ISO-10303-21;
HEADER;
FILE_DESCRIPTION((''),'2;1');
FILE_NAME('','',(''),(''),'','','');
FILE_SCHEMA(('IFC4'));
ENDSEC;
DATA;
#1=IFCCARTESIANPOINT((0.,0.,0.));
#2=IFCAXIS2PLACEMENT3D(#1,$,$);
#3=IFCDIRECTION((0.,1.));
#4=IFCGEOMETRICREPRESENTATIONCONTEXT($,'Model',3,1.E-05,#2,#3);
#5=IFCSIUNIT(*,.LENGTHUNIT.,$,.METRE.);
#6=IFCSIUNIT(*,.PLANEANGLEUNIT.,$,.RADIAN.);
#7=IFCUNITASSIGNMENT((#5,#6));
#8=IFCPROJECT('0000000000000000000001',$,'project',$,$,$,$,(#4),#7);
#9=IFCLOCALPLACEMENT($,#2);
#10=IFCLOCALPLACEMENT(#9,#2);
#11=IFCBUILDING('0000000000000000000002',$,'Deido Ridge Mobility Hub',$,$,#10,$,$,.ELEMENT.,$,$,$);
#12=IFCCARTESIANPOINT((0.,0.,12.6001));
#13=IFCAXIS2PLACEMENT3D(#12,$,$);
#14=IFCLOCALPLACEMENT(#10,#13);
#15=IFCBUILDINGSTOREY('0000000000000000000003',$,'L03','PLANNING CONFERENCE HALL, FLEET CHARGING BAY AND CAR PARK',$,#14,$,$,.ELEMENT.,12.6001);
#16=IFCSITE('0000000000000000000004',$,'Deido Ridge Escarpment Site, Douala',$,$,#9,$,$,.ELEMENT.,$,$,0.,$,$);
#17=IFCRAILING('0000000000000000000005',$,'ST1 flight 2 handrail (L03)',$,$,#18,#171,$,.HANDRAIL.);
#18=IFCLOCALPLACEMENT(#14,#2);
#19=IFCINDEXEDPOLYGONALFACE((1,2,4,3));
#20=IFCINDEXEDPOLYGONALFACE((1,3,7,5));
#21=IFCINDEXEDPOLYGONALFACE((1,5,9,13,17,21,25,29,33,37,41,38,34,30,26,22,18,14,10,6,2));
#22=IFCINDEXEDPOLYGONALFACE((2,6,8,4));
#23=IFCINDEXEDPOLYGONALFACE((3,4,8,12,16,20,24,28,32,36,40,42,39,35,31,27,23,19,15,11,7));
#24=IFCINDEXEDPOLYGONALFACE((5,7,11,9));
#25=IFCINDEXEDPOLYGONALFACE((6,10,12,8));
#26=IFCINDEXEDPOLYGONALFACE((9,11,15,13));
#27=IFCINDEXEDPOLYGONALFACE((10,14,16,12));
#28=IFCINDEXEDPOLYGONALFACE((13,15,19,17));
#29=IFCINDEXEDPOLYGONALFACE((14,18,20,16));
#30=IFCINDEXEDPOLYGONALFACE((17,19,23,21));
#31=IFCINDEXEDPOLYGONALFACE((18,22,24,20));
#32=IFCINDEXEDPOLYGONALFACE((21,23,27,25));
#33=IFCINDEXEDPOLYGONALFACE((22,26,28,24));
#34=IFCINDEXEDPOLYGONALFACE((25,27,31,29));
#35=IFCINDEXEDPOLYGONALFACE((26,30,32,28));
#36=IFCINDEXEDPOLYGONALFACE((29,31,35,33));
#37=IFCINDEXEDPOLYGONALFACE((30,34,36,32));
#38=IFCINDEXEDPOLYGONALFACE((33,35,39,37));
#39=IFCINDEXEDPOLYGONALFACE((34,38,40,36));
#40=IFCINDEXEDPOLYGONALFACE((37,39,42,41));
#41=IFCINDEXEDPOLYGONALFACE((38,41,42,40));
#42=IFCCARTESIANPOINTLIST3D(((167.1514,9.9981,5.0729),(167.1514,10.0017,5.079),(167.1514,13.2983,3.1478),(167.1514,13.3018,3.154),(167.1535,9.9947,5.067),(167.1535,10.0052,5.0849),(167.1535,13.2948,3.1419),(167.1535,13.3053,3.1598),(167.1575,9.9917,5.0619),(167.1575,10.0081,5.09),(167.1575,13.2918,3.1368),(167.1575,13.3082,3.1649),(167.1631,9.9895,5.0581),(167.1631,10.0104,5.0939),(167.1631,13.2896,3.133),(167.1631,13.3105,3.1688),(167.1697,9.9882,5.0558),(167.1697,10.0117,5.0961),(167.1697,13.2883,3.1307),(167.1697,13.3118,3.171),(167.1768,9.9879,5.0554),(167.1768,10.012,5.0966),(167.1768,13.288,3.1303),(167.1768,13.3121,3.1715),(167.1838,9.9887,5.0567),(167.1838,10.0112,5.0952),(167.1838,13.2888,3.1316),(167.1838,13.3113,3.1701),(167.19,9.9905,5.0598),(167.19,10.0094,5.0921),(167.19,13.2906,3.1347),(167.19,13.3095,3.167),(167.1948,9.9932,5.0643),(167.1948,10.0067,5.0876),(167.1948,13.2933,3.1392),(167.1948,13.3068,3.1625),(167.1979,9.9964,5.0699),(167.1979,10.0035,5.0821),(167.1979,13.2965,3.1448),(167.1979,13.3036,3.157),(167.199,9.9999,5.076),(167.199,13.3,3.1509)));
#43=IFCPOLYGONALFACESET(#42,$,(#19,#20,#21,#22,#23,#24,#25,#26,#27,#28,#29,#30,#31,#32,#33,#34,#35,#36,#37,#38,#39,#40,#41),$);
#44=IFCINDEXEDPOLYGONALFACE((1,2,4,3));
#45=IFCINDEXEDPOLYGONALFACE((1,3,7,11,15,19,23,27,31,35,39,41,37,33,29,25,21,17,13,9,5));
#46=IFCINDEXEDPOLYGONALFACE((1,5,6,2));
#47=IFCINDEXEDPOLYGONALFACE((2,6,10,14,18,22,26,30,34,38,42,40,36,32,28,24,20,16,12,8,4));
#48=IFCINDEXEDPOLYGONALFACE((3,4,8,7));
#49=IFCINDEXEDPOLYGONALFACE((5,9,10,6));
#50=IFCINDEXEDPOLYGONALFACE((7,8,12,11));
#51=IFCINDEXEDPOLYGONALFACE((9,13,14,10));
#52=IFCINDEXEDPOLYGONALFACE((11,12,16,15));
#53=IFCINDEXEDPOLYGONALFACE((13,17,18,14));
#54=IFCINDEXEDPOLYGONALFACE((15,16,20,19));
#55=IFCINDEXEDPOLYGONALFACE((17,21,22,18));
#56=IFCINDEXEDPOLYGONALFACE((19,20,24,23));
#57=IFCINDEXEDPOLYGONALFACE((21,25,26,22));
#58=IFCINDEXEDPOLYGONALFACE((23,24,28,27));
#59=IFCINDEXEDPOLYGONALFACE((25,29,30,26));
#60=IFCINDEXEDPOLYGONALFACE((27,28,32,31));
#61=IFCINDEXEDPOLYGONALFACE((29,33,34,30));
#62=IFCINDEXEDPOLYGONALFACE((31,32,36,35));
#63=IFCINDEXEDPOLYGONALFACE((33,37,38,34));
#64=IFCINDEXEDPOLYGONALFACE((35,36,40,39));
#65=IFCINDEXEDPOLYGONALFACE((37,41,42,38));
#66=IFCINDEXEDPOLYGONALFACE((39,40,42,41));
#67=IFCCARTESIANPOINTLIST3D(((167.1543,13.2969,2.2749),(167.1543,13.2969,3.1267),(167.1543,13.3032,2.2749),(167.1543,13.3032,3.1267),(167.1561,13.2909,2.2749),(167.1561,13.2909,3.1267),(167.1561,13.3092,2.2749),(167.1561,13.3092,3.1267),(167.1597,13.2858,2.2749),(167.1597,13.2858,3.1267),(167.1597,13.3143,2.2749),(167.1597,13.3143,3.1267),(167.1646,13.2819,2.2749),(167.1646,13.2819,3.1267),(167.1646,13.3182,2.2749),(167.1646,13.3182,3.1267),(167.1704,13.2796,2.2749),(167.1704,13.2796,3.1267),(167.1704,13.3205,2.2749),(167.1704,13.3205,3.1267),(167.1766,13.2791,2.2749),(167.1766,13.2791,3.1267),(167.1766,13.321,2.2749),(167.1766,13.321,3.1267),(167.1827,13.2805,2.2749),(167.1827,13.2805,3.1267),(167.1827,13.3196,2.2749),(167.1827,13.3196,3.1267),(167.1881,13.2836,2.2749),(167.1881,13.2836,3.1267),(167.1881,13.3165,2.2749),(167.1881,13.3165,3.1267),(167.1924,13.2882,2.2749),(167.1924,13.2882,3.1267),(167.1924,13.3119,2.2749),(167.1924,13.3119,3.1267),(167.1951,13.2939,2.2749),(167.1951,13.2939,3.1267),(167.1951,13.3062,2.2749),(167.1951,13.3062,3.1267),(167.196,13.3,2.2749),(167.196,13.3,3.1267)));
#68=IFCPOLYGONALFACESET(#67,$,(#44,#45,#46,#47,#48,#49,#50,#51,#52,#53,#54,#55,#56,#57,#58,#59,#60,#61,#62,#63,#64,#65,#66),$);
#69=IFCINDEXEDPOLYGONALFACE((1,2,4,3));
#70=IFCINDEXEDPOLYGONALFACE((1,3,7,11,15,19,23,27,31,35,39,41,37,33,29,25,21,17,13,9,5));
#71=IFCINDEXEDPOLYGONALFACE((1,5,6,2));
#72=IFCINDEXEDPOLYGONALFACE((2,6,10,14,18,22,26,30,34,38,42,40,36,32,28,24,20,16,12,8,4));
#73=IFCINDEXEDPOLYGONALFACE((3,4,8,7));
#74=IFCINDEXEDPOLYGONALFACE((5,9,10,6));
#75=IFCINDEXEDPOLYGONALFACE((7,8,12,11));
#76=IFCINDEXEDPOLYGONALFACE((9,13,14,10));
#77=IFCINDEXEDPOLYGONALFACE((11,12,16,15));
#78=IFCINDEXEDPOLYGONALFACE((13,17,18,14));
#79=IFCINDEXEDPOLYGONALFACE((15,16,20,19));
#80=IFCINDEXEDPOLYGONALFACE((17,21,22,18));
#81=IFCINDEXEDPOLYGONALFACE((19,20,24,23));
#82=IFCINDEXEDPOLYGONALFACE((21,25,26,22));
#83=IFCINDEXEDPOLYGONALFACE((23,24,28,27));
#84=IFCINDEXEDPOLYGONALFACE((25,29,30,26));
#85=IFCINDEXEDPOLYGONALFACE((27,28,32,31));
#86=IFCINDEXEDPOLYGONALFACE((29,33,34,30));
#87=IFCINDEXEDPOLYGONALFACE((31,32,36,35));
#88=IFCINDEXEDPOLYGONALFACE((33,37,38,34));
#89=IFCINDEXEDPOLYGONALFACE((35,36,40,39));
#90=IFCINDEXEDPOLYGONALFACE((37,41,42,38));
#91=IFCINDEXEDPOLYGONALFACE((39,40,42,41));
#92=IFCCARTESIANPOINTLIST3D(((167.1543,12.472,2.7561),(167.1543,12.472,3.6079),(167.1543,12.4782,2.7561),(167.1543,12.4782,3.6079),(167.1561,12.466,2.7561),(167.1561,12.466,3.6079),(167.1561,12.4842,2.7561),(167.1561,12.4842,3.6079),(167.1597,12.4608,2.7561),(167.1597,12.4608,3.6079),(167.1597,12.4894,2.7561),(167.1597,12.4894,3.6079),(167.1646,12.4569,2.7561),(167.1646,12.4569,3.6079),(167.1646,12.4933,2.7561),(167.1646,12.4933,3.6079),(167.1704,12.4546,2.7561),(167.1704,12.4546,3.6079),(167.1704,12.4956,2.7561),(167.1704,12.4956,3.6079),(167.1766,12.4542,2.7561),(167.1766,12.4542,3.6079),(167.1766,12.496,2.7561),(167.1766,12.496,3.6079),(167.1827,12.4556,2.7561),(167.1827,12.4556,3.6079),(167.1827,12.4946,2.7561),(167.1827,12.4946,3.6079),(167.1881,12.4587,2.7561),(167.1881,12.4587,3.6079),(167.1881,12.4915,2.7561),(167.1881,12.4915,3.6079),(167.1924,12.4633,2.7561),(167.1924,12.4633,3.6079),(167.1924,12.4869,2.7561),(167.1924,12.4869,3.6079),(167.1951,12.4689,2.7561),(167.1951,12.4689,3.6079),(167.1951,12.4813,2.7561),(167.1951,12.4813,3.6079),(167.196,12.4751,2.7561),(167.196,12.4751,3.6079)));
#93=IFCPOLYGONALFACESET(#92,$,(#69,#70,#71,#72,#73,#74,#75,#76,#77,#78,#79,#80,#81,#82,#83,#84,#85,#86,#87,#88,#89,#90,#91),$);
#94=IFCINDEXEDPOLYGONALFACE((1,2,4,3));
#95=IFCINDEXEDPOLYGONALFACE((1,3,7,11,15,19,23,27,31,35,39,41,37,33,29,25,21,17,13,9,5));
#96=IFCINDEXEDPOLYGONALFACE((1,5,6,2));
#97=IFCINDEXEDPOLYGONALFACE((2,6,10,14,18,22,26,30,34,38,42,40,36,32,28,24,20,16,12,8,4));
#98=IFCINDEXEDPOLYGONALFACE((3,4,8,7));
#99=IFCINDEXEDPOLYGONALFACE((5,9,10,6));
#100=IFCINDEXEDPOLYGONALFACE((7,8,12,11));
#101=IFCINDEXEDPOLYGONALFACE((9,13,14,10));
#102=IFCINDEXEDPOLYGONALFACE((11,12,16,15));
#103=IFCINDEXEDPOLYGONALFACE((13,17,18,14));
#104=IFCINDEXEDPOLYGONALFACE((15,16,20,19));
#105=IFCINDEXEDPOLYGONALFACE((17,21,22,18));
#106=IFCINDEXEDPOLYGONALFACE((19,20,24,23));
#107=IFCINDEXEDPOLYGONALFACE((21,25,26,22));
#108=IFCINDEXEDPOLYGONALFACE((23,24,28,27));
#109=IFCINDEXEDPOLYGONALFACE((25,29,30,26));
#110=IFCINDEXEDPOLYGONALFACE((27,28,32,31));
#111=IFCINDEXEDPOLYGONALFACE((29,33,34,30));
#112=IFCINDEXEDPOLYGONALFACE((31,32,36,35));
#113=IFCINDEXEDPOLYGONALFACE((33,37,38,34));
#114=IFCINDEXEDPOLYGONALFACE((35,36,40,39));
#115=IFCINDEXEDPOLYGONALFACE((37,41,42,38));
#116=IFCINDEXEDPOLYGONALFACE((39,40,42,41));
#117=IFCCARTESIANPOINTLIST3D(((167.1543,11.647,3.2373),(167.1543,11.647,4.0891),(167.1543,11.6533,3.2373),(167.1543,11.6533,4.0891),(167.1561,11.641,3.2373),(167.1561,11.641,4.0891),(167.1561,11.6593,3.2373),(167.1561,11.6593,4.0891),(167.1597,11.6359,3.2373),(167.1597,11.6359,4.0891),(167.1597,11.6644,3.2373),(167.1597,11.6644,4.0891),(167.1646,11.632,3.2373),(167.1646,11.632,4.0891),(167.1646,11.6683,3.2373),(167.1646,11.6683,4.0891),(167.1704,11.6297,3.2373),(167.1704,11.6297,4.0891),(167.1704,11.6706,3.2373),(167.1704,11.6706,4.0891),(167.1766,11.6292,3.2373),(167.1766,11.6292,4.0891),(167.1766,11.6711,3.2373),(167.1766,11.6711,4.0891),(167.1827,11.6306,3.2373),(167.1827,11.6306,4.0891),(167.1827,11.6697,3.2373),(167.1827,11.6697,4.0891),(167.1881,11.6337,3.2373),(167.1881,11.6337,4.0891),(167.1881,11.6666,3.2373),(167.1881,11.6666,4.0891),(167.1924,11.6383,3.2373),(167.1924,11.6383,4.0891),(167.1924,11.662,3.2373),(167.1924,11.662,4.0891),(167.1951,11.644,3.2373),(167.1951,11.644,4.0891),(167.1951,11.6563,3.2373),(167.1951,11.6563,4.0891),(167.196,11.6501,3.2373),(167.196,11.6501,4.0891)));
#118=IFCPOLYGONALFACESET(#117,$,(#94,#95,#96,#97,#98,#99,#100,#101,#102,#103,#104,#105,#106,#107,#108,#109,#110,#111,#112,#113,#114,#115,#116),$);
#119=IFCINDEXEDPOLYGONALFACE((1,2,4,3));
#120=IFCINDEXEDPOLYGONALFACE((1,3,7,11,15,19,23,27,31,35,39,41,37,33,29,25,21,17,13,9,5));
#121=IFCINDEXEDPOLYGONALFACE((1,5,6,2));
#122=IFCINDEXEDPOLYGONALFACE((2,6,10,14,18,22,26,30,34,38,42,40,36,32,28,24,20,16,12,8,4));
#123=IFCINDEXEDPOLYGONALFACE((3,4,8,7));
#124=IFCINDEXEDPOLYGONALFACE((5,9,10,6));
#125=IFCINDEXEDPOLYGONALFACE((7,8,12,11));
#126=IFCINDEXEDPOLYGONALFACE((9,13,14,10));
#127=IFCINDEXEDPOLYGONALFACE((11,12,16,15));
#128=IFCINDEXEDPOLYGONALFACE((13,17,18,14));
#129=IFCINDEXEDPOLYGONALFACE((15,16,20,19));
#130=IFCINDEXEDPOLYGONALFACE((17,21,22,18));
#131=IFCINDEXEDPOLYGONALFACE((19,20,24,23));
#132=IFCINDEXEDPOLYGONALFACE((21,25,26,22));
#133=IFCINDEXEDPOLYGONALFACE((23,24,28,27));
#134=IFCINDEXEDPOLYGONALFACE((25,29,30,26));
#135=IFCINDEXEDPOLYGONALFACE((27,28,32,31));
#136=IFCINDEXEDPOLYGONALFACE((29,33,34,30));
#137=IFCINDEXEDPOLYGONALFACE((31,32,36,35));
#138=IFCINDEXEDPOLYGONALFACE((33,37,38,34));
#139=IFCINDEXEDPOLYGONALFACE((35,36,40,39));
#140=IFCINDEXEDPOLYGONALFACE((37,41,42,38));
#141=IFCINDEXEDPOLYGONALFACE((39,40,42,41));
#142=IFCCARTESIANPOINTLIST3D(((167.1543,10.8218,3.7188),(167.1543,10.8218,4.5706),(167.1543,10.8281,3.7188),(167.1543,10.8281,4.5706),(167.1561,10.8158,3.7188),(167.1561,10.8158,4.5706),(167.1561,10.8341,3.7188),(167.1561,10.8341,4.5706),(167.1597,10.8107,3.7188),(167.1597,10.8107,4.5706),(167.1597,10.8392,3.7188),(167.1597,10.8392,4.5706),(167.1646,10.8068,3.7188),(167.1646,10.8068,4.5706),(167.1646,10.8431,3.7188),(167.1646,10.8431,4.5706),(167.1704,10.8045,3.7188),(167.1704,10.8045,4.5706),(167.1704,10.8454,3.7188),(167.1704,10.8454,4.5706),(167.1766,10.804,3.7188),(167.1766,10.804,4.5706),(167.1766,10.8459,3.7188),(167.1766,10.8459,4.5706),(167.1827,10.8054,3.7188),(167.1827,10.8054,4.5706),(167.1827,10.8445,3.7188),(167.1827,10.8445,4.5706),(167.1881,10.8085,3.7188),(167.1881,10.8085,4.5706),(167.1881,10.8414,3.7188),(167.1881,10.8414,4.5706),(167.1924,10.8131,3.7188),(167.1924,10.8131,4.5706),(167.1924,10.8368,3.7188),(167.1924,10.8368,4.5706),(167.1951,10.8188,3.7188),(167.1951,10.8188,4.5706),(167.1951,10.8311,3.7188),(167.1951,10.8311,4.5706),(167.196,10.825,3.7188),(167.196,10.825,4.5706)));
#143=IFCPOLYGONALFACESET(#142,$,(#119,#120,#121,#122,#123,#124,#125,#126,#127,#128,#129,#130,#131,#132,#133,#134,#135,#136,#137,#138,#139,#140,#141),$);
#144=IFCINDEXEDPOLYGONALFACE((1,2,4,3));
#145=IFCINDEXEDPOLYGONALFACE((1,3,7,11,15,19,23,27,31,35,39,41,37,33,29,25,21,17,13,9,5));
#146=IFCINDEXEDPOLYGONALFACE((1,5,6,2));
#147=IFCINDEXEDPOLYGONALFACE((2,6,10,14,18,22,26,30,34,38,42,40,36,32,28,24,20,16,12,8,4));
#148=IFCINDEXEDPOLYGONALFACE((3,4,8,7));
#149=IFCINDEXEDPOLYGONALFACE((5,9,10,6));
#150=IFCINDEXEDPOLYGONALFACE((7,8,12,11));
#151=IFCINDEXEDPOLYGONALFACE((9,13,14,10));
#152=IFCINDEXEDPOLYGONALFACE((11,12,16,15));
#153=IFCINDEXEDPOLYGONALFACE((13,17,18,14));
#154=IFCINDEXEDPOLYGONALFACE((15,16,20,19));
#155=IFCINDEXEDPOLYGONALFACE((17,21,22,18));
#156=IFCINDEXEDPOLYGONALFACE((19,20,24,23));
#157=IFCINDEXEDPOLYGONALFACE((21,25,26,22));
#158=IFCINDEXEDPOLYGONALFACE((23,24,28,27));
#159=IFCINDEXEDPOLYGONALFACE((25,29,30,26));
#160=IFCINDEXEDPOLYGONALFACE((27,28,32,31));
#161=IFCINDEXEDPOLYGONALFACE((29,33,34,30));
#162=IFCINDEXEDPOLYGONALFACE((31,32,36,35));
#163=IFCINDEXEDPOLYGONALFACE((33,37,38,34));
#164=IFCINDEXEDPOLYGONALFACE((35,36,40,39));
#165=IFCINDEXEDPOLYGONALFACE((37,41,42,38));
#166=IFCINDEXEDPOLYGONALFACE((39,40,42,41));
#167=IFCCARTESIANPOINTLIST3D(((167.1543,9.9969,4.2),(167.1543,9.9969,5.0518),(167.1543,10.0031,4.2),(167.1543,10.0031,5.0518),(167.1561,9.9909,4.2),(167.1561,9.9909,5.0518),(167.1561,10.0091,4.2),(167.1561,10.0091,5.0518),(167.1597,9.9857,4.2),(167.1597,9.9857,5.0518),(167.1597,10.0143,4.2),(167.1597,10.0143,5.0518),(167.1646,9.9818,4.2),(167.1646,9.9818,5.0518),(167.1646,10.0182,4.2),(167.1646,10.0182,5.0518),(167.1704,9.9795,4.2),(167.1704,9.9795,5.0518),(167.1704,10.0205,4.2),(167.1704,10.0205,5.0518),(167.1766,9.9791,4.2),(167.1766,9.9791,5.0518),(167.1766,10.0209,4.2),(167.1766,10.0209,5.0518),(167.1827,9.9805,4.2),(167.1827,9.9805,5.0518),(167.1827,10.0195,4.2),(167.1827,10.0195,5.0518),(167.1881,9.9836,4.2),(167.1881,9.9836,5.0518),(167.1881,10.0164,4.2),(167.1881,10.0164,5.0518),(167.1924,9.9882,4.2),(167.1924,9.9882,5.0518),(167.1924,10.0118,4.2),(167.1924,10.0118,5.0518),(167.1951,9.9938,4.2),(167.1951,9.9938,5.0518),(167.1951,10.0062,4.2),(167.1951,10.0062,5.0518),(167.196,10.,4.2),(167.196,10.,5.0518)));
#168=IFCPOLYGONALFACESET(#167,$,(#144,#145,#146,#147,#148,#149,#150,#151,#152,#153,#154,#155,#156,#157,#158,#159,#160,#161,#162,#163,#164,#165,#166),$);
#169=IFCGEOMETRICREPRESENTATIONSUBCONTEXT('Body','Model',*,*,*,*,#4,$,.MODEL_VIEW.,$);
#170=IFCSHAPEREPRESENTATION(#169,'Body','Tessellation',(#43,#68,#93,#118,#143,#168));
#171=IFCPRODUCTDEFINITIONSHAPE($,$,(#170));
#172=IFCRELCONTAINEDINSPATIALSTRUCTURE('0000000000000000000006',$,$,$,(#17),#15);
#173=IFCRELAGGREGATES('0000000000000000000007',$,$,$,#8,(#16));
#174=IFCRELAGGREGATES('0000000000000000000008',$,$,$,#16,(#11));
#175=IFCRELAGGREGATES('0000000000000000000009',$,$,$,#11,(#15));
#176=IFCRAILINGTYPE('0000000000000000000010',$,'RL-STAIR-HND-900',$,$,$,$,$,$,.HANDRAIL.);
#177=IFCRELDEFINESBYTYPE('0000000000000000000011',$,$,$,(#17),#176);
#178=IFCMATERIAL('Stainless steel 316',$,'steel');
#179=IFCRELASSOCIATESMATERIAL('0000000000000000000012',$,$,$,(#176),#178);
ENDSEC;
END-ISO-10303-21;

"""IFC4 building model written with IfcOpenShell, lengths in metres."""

from ifc_helpers import new_model, si_unit, direction, frame, origin, origin_2d, place, context, subcontext, project, spatial, circle, extrude, material, type_object, element, save


model = new_model("IFC4")

# Units and contexts
model_context = context("Model", 3, precision=1e-05, world=origin(), true_north=direction((0.0, 1.0)))
body_context = subcontext(model_context, "Body", "Model", "MODEL_VIEW")
ifc_project = project(units=[si_unit("LENGTHUNIT", "METRE"), si_unit("PLANEANGLEUNIT", "RADIAN")], contexts=[model_context])

# Site, building, storey
site_placement = place(None, origin())
site = spatial("IfcSite", under=ifc_project, at=site_placement, Name="Deido Ridge Escarpment Site, Douala", CompositionType="ELEMENT", RefElevation=0.0)
building_placement = place(site_placement, origin())
building = spatial("IfcBuilding", under=site, at=building_placement, Name="Deido Ridge Mobility Hub", CompositionType="ELEMENT")
storey_placement = place(building_placement, frame((0.0, 0.0, 12.6001)))
storey = spatial("IfcBuildingStorey", under=building, at=storey_placement, Name="L03", Description="PLANNING CONFERENCE HALL, FLEET CHARGING BAY AND CAR PARK", CompositionType="ELEMENT", Elevation=12.6001)

# Shared definitions
ifc_material_1 = material(Name="Stainless steel 316", Category="steel")

# Railing
railing_type_1 = type_object("IfcRailingType", Name="RL-STAIR-HND-900", PredefinedType="HANDRAIL", material=ifc_material_1)
railing_1_placement = place(storey_placement, frame((167.175, 13.3, 2.2749)))
element("IfcRailing", 1, at=railing_1_placement, inside=storey, type_object=railing_type_1, Name="ST1 flight 2 handrail (L03)", PredefinedType="HANDRAIL", context=body_context, shape_type="SweptSolid", body=[
    extrude(circle(Radius=0.0239, at=origin_2d()), frame((0.0, 0.0, 0.876), z_axis=(0.0, -0.863777, 0.503875), x_axis=(1.0, 0.0, 0.0)), (0.0, 0.0, 1.0), 3.8206),
    extrude(circle(Radius=0.021, at=origin_2d()), origin(), (0.0, 0.0, 1.0), 0.8518),
    extrude(circle(Radius=0.021, at=origin_2d()), frame((0.0, -0.825, 0.4812)), (0.0, 0.0, 1.0), 0.8518),
    extrude(circle(Radius=0.021, at=origin_2d()), frame((0.0, -1.6499, 0.9624)), (0.0, 0.0, 1.0), 0.8518),
    extrude(circle(Radius=0.021, at=origin_2d()), frame((0.0, -2.4751, 1.4438)), (0.0, 0.0, 1.0), 0.8518),
    extrude(circle(Radius=0.021, at=origin_2d()), frame((0.0, -3.3, 1.925)), (0.0, 0.0, 1.0), 0.8518),
])

save(model, "model.ifc")
